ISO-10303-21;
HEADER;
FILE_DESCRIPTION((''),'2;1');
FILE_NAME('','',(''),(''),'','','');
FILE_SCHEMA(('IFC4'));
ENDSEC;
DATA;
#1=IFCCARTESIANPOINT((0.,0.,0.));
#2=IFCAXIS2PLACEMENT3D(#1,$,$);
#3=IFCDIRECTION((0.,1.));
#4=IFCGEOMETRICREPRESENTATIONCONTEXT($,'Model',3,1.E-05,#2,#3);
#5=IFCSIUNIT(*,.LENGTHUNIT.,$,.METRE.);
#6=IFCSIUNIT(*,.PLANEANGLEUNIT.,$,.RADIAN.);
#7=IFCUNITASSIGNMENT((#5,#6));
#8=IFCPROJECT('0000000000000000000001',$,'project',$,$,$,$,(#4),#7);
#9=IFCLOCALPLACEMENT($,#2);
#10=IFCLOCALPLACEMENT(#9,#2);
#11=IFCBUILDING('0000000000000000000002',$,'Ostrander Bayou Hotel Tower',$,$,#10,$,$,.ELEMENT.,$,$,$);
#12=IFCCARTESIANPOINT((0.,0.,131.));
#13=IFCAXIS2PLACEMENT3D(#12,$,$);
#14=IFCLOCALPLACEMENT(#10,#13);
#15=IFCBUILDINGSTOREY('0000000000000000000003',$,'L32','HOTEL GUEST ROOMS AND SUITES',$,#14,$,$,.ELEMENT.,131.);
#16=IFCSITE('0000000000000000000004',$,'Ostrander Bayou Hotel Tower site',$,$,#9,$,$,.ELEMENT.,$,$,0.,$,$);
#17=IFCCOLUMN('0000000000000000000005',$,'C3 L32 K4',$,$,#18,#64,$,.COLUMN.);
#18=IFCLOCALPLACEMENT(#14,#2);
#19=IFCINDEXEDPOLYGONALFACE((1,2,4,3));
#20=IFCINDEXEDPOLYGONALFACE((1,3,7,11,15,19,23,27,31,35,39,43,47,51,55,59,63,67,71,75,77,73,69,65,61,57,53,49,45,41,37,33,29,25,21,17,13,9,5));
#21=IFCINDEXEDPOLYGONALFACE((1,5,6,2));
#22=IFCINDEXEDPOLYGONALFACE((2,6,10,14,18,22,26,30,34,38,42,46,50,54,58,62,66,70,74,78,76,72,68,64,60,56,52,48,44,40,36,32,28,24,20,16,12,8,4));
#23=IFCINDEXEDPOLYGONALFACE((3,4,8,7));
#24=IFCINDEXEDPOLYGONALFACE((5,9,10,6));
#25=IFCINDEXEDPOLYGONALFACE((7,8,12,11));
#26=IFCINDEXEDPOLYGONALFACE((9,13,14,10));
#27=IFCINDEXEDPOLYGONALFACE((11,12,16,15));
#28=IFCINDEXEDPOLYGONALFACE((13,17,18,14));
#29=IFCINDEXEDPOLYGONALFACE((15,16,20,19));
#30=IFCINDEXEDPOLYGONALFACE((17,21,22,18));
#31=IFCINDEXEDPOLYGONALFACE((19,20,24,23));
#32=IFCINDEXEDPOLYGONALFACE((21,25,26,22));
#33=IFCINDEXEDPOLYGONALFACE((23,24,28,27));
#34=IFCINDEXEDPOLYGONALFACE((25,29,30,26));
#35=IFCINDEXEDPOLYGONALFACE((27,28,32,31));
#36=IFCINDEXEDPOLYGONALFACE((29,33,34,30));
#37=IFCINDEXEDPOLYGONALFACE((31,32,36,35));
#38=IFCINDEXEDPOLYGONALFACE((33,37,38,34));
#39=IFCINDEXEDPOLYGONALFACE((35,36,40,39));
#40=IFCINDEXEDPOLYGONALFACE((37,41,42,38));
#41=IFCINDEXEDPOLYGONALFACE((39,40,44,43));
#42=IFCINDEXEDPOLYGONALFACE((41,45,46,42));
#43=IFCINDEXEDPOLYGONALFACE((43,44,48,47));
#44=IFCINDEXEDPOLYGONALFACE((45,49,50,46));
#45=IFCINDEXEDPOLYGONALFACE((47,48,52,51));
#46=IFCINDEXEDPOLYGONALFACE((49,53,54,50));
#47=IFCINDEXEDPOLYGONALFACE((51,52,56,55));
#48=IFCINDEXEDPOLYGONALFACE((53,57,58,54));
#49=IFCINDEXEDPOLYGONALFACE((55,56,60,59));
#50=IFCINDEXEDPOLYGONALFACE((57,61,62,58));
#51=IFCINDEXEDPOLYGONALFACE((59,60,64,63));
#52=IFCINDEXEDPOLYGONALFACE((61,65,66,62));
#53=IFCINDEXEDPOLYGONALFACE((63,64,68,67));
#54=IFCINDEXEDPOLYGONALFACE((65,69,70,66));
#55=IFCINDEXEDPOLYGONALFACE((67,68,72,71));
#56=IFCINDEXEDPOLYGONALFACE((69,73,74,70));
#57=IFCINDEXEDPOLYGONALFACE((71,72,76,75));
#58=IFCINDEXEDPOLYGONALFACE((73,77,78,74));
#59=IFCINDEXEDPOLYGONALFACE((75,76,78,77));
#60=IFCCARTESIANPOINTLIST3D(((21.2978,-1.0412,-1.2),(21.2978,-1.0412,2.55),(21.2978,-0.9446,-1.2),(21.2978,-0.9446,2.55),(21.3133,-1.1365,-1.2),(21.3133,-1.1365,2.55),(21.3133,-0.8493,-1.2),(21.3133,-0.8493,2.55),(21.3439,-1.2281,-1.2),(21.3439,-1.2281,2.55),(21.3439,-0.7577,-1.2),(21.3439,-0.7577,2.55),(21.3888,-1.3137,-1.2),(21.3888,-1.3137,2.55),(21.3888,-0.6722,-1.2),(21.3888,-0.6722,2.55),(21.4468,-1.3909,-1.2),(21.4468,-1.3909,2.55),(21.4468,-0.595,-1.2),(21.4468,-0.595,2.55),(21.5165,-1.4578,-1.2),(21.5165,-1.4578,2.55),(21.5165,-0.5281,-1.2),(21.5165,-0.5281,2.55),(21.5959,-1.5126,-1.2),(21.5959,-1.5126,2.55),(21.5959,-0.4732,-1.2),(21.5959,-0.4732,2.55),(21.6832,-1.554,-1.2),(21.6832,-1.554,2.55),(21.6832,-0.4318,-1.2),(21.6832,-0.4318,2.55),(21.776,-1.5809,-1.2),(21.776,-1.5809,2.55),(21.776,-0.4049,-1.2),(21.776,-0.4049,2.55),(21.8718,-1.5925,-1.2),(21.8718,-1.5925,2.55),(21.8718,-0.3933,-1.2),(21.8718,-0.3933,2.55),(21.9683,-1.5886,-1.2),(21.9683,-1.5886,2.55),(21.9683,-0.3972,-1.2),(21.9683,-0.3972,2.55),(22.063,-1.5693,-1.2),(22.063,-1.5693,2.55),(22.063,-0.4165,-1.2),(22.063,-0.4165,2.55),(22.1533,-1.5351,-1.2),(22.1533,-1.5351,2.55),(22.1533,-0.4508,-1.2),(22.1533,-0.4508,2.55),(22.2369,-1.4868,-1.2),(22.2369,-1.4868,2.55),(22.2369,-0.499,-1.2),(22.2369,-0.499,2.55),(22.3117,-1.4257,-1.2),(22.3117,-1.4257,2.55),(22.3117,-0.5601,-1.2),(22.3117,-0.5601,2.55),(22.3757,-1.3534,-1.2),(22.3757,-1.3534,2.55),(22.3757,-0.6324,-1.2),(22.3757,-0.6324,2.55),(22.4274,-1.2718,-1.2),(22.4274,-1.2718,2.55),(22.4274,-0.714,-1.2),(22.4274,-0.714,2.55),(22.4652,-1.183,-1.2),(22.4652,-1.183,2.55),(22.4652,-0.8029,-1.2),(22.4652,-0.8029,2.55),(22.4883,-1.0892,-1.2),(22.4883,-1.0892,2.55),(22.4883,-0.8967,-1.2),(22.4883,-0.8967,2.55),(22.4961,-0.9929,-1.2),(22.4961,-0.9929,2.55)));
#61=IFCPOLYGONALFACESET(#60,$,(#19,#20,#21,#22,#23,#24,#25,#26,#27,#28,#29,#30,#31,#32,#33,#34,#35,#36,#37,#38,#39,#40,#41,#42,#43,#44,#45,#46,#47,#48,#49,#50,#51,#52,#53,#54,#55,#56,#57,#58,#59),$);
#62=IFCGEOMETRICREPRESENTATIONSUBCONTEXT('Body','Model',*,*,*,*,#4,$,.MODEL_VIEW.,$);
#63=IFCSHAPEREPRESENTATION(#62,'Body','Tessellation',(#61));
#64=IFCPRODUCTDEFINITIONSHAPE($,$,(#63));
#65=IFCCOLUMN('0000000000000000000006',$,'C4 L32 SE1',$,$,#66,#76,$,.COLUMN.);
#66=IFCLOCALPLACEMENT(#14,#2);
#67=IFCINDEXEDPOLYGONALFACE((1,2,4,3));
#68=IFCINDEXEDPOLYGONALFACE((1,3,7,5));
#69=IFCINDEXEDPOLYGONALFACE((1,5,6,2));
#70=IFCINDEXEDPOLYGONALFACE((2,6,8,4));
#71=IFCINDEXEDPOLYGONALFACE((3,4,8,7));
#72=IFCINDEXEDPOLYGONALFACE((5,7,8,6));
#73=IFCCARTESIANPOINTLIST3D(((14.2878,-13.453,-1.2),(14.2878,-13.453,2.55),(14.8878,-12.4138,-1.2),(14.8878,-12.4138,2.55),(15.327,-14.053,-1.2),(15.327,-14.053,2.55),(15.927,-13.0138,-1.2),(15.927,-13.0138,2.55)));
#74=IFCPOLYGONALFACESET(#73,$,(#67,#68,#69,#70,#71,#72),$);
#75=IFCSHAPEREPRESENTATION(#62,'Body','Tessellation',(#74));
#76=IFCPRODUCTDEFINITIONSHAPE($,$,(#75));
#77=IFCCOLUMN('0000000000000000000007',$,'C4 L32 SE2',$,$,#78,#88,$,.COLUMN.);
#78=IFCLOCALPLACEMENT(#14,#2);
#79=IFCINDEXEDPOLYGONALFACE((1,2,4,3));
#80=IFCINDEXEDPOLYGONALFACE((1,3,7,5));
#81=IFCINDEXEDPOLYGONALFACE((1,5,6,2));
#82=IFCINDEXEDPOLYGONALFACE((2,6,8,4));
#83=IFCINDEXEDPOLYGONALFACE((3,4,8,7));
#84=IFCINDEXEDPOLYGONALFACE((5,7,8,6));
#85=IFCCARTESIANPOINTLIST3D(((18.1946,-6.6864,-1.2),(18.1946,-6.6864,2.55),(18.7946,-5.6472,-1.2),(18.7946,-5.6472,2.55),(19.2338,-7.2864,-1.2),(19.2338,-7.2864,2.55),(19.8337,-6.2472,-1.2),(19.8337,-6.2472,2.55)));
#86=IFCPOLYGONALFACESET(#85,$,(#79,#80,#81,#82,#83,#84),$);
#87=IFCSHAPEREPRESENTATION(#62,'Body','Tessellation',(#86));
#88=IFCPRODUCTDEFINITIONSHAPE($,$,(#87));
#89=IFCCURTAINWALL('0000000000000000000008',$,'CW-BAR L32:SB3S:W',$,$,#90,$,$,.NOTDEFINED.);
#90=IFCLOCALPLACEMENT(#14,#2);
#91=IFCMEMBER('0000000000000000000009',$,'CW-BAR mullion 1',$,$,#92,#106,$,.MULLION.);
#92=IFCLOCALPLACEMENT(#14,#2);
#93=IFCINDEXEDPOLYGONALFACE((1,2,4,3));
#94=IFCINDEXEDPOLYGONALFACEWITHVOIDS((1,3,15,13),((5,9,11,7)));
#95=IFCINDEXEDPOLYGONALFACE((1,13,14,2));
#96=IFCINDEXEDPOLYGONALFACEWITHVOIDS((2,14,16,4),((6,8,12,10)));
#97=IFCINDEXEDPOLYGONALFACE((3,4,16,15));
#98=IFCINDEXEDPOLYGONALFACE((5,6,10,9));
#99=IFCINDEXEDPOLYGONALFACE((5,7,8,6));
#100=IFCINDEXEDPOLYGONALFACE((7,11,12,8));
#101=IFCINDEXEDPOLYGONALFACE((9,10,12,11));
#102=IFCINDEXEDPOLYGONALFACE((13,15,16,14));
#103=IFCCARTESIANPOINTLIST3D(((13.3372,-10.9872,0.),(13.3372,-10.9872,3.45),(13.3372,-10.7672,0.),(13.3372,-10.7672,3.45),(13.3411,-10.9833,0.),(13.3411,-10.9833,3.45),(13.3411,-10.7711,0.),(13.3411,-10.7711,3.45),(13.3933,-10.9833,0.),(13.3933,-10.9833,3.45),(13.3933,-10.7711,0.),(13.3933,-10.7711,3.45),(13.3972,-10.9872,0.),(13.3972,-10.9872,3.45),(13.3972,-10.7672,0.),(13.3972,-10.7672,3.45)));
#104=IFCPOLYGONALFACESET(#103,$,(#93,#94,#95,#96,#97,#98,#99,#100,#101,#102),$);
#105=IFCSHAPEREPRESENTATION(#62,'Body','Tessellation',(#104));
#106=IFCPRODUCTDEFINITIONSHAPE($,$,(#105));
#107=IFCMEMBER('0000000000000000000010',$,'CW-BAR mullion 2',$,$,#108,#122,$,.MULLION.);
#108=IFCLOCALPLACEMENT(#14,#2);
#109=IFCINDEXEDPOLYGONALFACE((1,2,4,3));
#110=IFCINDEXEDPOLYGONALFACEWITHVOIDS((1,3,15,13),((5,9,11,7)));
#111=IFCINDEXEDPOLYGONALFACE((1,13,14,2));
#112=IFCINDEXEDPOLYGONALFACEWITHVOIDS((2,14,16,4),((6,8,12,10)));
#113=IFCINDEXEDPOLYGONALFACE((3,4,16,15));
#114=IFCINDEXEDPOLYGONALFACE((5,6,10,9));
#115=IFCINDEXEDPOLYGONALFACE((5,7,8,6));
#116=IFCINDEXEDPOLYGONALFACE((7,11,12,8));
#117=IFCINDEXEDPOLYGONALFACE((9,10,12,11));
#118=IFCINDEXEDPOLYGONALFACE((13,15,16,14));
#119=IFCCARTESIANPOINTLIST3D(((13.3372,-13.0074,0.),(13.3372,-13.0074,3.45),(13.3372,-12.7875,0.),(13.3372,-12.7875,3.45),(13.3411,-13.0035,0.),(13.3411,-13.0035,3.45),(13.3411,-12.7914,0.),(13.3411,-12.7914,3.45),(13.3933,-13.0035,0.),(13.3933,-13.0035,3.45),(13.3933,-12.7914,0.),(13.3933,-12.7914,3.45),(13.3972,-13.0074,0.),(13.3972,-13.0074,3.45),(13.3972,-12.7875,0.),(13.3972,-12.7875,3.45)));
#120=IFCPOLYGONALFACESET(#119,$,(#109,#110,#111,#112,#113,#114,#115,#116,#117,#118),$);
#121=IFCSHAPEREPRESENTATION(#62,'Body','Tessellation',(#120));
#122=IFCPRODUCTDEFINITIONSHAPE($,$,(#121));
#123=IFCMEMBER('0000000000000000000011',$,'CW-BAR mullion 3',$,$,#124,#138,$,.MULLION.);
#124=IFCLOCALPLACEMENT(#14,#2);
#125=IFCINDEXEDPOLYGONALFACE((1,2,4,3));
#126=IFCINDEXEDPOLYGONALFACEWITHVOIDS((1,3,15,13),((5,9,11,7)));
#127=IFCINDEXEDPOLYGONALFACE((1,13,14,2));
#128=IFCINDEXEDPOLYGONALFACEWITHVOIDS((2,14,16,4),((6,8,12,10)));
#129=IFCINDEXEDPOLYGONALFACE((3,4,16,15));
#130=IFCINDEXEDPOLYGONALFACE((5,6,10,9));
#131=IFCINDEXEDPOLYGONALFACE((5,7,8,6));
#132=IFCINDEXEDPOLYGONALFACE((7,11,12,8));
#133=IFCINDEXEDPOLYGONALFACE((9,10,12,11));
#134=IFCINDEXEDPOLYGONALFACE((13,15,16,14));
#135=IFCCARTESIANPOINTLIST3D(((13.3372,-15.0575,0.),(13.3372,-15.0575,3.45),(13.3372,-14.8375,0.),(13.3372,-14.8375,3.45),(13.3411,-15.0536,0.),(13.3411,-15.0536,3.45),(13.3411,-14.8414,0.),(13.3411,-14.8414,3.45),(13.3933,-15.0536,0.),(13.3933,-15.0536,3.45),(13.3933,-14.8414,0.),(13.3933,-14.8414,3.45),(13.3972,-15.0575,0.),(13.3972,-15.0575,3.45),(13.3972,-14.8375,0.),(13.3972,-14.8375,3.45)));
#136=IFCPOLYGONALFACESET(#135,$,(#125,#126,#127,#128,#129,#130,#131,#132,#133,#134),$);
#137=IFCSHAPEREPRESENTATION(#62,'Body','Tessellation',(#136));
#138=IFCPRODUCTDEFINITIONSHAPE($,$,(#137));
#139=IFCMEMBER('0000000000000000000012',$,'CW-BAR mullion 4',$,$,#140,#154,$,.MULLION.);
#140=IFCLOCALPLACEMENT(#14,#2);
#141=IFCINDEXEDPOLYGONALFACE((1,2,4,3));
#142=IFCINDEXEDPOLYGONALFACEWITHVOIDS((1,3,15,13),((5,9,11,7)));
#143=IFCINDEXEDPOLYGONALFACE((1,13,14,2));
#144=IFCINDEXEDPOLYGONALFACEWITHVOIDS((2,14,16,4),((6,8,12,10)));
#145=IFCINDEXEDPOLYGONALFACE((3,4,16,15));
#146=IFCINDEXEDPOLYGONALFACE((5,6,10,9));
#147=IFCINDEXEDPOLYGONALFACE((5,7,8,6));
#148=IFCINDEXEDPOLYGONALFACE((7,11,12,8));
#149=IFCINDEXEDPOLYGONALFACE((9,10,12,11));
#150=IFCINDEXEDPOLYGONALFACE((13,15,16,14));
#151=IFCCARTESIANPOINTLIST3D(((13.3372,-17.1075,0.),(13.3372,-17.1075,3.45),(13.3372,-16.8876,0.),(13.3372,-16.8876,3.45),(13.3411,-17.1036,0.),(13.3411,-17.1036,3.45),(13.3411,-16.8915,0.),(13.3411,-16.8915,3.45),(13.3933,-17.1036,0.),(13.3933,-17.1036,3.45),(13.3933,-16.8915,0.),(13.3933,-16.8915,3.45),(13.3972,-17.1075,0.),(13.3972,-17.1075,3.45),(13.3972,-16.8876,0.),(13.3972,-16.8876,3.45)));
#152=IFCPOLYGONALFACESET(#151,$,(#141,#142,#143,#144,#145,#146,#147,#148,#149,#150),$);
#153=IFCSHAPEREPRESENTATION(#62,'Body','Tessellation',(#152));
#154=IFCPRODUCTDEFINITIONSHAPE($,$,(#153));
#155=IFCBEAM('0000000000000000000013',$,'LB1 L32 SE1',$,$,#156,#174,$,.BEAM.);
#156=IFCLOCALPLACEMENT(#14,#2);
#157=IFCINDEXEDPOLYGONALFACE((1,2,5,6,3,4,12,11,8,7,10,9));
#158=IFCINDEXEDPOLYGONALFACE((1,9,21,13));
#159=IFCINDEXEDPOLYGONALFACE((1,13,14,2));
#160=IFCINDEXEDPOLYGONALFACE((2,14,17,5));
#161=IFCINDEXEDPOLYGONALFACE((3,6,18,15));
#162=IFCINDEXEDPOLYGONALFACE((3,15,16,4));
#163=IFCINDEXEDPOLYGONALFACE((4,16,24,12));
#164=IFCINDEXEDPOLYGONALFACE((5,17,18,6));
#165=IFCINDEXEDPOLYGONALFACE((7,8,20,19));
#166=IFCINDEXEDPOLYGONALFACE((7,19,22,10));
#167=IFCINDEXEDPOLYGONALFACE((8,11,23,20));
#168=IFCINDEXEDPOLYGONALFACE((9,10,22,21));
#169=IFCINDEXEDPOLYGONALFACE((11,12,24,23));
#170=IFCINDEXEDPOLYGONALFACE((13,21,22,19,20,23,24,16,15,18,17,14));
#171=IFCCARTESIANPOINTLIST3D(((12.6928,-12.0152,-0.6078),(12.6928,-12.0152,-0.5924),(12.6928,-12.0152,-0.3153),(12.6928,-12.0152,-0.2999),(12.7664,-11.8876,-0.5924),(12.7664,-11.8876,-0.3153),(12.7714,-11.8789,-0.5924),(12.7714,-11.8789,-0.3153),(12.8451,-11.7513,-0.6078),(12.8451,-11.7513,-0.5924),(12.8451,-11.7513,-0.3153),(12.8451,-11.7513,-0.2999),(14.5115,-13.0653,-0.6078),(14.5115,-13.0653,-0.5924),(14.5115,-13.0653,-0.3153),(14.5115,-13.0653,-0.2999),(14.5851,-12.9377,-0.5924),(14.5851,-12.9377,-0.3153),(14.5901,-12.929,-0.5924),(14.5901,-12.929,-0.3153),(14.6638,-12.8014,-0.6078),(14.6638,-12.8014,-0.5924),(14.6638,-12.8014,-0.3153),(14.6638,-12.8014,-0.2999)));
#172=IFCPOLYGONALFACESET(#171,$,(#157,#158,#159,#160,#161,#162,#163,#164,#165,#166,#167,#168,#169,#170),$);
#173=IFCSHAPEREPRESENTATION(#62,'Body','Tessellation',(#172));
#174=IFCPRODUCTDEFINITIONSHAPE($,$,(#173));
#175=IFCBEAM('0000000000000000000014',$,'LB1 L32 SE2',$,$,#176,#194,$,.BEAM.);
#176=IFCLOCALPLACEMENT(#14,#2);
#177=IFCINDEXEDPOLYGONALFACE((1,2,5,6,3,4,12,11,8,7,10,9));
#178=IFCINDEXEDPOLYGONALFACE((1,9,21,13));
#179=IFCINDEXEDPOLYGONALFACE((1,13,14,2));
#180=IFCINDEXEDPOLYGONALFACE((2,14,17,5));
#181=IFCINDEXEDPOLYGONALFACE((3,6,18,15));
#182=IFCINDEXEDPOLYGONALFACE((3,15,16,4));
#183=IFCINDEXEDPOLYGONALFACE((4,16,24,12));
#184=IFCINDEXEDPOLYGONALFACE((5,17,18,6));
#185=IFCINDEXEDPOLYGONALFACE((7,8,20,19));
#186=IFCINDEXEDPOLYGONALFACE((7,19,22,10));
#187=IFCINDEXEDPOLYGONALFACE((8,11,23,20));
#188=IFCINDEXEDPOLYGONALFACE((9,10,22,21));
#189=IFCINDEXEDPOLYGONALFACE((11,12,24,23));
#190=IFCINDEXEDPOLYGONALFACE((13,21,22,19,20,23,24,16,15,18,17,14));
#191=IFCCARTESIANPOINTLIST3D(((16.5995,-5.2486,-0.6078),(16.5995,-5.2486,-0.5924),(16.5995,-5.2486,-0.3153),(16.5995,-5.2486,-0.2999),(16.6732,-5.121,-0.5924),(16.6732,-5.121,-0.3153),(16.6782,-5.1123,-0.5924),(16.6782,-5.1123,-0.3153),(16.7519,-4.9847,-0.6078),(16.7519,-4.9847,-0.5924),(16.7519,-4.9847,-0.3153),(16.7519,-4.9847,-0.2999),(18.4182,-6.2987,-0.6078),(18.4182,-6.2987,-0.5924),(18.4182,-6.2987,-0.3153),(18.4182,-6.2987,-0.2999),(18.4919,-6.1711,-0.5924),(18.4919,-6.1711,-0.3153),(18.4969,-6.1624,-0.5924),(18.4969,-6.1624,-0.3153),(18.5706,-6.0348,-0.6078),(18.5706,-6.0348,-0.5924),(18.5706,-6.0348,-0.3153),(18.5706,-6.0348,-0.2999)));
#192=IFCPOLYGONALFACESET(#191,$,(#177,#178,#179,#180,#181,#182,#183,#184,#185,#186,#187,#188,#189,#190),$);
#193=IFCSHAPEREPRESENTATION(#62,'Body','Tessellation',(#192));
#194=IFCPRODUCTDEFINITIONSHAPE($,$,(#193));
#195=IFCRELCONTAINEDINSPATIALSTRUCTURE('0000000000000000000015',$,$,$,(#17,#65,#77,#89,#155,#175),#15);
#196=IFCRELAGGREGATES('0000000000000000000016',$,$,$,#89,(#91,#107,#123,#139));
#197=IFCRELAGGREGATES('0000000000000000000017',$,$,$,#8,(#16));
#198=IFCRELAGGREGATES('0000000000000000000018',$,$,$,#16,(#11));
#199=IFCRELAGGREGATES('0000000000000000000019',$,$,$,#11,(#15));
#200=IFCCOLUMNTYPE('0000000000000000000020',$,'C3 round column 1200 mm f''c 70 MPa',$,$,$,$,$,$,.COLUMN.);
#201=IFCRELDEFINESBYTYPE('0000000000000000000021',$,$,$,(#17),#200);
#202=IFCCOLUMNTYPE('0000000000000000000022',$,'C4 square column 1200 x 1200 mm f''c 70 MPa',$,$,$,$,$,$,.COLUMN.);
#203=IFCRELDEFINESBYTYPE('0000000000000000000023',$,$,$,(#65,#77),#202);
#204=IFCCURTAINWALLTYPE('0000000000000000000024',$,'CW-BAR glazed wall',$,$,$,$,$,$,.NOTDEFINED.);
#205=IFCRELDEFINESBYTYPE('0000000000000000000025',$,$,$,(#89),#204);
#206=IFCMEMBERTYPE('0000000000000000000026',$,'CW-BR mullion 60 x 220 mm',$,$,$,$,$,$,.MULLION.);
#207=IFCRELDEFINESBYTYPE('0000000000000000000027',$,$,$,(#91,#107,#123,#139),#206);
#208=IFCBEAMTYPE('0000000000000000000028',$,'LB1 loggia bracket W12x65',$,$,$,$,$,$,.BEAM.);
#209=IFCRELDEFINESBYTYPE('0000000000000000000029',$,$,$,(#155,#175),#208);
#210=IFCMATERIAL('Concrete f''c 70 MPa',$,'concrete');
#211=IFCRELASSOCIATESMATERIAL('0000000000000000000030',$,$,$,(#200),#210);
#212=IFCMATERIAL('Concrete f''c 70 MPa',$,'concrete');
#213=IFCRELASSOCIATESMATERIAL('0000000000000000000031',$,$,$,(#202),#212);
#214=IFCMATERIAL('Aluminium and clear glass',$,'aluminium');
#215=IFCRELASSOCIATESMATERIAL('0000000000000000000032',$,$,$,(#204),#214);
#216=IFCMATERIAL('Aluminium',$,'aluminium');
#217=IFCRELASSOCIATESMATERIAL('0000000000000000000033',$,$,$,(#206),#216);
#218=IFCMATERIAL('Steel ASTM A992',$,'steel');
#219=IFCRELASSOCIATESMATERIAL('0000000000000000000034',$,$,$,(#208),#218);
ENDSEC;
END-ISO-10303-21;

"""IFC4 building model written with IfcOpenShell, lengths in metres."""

from ifc_helpers import new_model, si_unit, direction, frame, origin, origin_2d, place, context, subcontext, project, spatial, rectangle, hollow_rectangle, circle, i_section, extrude, material, material_profile, profile_set, type_object, element, aggregate, save


model = new_model("IFC4")

# Units and contexts
model_context = context("Model", 3, precision=1e-05, world=origin(), true_north=direction((0.0, 1.0)))
body_context = subcontext(model_context, "Body", "Model", "MODEL_VIEW")
ifc_project = project(units=[si_unit("LENGTHUNIT", "METRE"), si_unit("PLANEANGLEUNIT", "RADIAN")], contexts=[model_context])

# Site, building, storey
site_placement = place(None, origin())
site = spatial("IfcSite", under=ifc_project, at=site_placement, Name="Ostrander Bayou Hotel Tower site", CompositionType="ELEMENT", RefElevation=0.0)
building_placement = place(site_placement, origin())
building = spatial("IfcBuilding", under=site, at=building_placement, Name="Ostrander Bayou Hotel Tower", CompositionType="ELEMENT")
storey_placement = place(building_placement, frame((0.0, 0.0, 131.0)))
storey = spatial("IfcBuildingStorey", under=building, at=storey_placement, Name="L32", Description="HOTEL GUEST ROOMS AND SUITES", CompositionType="ELEMENT", Elevation=131.0)

# Columns
ifc_material_1 = material(Name="Concrete f'c 70 MPa", Category="concrete")
ifc_material_profile_1 = material_profile(ifc_material_1, circle(Radius=0.6001, at=origin_2d()))
ifc_profile_set_1 = profile_set([ifc_material_profile_1], Name="Concrete f'c 70 MPa")
column_type_1 = type_object("IfcColumnType", Name="C3 round column 1200 mm f'c 70 MPa", PredefinedType="COLUMN", material=ifc_profile_set_1)
column_placement = place(storey_placement, frame((21.896, -0.9929, -1.2), z_axis=(0.0, 0.0, 1.0), x_axis=(1.0, 0.0, 0.0)))
element("IfcColumn", 1, at=column_placement, inside=storey, type_object=column_type_1, Name="C3 L32 K4", PredefinedType="COLUMN", context=body_context, shape_type="SweptSolid", body=[
    extrude(circle(Radius=0.6001, at=origin_2d()), origin(), (0.0, 0.0, 1.0), 3.75),
])
ifc_material_2 = material(Name="Concrete f'c 70 MPa", Category="concrete")
ifc_material_profile_2 = material_profile(ifc_material_2, rectangle(XDim=1.2, YDim=1.2, at=origin_2d()))
ifc_profile_set_2 = profile_set([ifc_material_profile_2], Name="Concrete f'c 70 MPa")
column_type_2 = type_object("IfcColumnType", Name="C4 square column 1200 x 1200 mm f'c 70 MPa", PredefinedType="COLUMN", material=ifc_profile_set_2)
for number, where, z_axis, x_axis, name in (
    (2, (15.1074, -13.2334, -1.2), (0.0, 0.0, 1.0), (-0.5, -0.866025, 0.0), "C4 L32 SE1"),
    (3, (19.0142, -6.4668, -1.2), (0.0, 0.0, 1.0), (-0.5, -0.866025, 0.0), "C4 L32 SE2"),
):
    element("IfcColumn", number, at=place(storey_placement, frame(where, z_axis=z_axis, x_axis=x_axis)), inside=storey, type_object=column_type_2, Name=name, PredefinedType="COLUMN", context=body_context, shape_type="SweptSolid", body=[
        extrude(rectangle(XDim=1.2, YDim=1.2, at=origin_2d()), origin(), (0.0, 0.0, 1.0), 3.75),
    ])

# Curtain wall, members
ifc_material_3 = material(Name="Aluminium and clear glass", Category="aluminium")
curtain_wall_type = type_object("IfcCurtainWallType", Name="CW-BAR glazed wall", PredefinedType="NOTDEFINED", material=ifc_material_3)
curtain_wall_placement = place(storey_placement, origin())
curtain_wall = element("IfcCurtainWall", 4, at=curtain_wall_placement, inside=storey, type_object=curtain_wall_type, Name="CW-BAR L32:SB3S:W", PredefinedType="NOTDEFINED")
ifc_material_4 = material(Name="Aluminium", Category="aluminium")
ifc_material_profile_3 = material_profile(ifc_material_4, hollow_rectangle(XDim=0.0601, YDim=0.22, WallThickness=0.0039, at=origin_2d()))
ifc_profile_set_3 = profile_set([ifc_material_profile_3], Name="Aluminium")
member_type = type_object("IfcMemberType", Name="CW-BR mullion 60 x 220 mm", PredefinedType="MULLION", material=ifc_profile_set_3)
member_1_placement = place(storey_placement, frame((13.3672, -10.8772, 0.0), z_axis=(0.0, 0.0, 1.0), x_axis=(1.0, 0.0, 0.0)))
member_1 = element("IfcMember", 5, at=member_1_placement, type_object=member_type, Name="CW-BAR mullion 1", PredefinedType="MULLION", context=body_context, shape_type="SweptSolid", body=[
    extrude(hollow_rectangle(XDim=0.0601, YDim=0.22, WallThickness=0.0039, at=origin_2d()), origin(), (0.0, 0.0, 1.0), 3.45),
])
member_2_placement = place(storey_placement, frame((13.3672, -12.8975, 0.0), z_axis=(0.0, 0.0, 1.0), x_axis=(1.0, 0.0, 0.0)))
member_2 = element("IfcMember", 6, at=member_2_placement, type_object=member_type, Name="CW-BAR mullion 2", PredefinedType="MULLION", context=body_context, shape_type="SweptSolid", body=[
    extrude(hollow_rectangle(XDim=0.0601, YDim=0.22, WallThickness=0.0039, at=origin_2d()), origin(), (0.0, 0.0, 1.0), 3.45),
])
member_3_placement = place(storey_placement, frame((13.3672, -14.9475, 0.0), z_axis=(0.0, 0.0, 1.0), x_axis=(1.0, 0.0, 0.0)))
member_3 = element("IfcMember", 7, at=member_3_placement, type_object=member_type, Name="CW-BAR mullion 3", PredefinedType="MULLION", context=body_context, shape_type="SweptSolid", body=[
    extrude(hollow_rectangle(XDim=0.0601, YDim=0.22, WallThickness=0.0039, at=origin_2d()), origin(), (0.0, 0.0, 1.0), 3.45),
])
member_4_placement = place(storey_placement, frame((13.3672, -16.9976, 0.0), z_axis=(0.0, 0.0, 1.0), x_axis=(1.0, 0.0, 0.0)))
member_4 = element("IfcMember", 8, at=member_4_placement, type_object=member_type, Name="CW-BAR mullion 4", PredefinedType="MULLION", context=body_context, shape_type="SweptSolid", body=[
    extrude(hollow_rectangle(XDim=0.0601, YDim=0.22, WallThickness=0.0039, at=origin_2d()), origin(), (0.0, 0.0, 1.0), 3.45),
])
aggregate(curtain_wall, [member_1, member_2, member_3, member_4])

# Beams
ifc_material_5 = material(Name="Steel ASTM A992", Category="steel")
ifc_material_profile_4 = material_profile(ifc_material_5, i_section(OverallWidth=0.3047, OverallDepth=0.3079, WebThickness=0.01, FlangeThickness=0.0154, at=origin_2d()))
ifc_profile_set_4 = profile_set([ifc_material_profile_4], Name="Steel ASTM A992")
beam_type_1 = type_object("IfcBeamType", Name="LB1 loggia bracket W12x65", PredefinedType="BEAM", material=ifc_profile_set_4)
for number, where, z_axis, x_axis, name in (
    (9, (14.5876, -12.9333, -0.4539), (-0.866009, 0.500028, 0.0), (-0.500028, -0.866009, 0.0), "LB1 L32 SE1"),
    (10, (18.4944, -6.1667, -0.4539), (-0.866009, 0.500028, 0.0), (-0.500028, -0.866009, 0.0), "LB1 L32 SE2"),
):
    element("IfcBeam", number, at=place(storey_placement, frame(where, z_axis=z_axis, x_axis=x_axis)), inside=storey, type_object=beam_type_1, Name=name, PredefinedType="BEAM", context=body_context, shape_type="SweptSolid", body=[
        extrude(i_section(OverallWidth=0.3047, OverallDepth=0.3079, WebThickness=0.01, FlangeThickness=0.0154, at=origin_2d()), origin(), (0.0, 0.0, 1.0), 2.1001),
    ])

save(model, "model.ifc")
